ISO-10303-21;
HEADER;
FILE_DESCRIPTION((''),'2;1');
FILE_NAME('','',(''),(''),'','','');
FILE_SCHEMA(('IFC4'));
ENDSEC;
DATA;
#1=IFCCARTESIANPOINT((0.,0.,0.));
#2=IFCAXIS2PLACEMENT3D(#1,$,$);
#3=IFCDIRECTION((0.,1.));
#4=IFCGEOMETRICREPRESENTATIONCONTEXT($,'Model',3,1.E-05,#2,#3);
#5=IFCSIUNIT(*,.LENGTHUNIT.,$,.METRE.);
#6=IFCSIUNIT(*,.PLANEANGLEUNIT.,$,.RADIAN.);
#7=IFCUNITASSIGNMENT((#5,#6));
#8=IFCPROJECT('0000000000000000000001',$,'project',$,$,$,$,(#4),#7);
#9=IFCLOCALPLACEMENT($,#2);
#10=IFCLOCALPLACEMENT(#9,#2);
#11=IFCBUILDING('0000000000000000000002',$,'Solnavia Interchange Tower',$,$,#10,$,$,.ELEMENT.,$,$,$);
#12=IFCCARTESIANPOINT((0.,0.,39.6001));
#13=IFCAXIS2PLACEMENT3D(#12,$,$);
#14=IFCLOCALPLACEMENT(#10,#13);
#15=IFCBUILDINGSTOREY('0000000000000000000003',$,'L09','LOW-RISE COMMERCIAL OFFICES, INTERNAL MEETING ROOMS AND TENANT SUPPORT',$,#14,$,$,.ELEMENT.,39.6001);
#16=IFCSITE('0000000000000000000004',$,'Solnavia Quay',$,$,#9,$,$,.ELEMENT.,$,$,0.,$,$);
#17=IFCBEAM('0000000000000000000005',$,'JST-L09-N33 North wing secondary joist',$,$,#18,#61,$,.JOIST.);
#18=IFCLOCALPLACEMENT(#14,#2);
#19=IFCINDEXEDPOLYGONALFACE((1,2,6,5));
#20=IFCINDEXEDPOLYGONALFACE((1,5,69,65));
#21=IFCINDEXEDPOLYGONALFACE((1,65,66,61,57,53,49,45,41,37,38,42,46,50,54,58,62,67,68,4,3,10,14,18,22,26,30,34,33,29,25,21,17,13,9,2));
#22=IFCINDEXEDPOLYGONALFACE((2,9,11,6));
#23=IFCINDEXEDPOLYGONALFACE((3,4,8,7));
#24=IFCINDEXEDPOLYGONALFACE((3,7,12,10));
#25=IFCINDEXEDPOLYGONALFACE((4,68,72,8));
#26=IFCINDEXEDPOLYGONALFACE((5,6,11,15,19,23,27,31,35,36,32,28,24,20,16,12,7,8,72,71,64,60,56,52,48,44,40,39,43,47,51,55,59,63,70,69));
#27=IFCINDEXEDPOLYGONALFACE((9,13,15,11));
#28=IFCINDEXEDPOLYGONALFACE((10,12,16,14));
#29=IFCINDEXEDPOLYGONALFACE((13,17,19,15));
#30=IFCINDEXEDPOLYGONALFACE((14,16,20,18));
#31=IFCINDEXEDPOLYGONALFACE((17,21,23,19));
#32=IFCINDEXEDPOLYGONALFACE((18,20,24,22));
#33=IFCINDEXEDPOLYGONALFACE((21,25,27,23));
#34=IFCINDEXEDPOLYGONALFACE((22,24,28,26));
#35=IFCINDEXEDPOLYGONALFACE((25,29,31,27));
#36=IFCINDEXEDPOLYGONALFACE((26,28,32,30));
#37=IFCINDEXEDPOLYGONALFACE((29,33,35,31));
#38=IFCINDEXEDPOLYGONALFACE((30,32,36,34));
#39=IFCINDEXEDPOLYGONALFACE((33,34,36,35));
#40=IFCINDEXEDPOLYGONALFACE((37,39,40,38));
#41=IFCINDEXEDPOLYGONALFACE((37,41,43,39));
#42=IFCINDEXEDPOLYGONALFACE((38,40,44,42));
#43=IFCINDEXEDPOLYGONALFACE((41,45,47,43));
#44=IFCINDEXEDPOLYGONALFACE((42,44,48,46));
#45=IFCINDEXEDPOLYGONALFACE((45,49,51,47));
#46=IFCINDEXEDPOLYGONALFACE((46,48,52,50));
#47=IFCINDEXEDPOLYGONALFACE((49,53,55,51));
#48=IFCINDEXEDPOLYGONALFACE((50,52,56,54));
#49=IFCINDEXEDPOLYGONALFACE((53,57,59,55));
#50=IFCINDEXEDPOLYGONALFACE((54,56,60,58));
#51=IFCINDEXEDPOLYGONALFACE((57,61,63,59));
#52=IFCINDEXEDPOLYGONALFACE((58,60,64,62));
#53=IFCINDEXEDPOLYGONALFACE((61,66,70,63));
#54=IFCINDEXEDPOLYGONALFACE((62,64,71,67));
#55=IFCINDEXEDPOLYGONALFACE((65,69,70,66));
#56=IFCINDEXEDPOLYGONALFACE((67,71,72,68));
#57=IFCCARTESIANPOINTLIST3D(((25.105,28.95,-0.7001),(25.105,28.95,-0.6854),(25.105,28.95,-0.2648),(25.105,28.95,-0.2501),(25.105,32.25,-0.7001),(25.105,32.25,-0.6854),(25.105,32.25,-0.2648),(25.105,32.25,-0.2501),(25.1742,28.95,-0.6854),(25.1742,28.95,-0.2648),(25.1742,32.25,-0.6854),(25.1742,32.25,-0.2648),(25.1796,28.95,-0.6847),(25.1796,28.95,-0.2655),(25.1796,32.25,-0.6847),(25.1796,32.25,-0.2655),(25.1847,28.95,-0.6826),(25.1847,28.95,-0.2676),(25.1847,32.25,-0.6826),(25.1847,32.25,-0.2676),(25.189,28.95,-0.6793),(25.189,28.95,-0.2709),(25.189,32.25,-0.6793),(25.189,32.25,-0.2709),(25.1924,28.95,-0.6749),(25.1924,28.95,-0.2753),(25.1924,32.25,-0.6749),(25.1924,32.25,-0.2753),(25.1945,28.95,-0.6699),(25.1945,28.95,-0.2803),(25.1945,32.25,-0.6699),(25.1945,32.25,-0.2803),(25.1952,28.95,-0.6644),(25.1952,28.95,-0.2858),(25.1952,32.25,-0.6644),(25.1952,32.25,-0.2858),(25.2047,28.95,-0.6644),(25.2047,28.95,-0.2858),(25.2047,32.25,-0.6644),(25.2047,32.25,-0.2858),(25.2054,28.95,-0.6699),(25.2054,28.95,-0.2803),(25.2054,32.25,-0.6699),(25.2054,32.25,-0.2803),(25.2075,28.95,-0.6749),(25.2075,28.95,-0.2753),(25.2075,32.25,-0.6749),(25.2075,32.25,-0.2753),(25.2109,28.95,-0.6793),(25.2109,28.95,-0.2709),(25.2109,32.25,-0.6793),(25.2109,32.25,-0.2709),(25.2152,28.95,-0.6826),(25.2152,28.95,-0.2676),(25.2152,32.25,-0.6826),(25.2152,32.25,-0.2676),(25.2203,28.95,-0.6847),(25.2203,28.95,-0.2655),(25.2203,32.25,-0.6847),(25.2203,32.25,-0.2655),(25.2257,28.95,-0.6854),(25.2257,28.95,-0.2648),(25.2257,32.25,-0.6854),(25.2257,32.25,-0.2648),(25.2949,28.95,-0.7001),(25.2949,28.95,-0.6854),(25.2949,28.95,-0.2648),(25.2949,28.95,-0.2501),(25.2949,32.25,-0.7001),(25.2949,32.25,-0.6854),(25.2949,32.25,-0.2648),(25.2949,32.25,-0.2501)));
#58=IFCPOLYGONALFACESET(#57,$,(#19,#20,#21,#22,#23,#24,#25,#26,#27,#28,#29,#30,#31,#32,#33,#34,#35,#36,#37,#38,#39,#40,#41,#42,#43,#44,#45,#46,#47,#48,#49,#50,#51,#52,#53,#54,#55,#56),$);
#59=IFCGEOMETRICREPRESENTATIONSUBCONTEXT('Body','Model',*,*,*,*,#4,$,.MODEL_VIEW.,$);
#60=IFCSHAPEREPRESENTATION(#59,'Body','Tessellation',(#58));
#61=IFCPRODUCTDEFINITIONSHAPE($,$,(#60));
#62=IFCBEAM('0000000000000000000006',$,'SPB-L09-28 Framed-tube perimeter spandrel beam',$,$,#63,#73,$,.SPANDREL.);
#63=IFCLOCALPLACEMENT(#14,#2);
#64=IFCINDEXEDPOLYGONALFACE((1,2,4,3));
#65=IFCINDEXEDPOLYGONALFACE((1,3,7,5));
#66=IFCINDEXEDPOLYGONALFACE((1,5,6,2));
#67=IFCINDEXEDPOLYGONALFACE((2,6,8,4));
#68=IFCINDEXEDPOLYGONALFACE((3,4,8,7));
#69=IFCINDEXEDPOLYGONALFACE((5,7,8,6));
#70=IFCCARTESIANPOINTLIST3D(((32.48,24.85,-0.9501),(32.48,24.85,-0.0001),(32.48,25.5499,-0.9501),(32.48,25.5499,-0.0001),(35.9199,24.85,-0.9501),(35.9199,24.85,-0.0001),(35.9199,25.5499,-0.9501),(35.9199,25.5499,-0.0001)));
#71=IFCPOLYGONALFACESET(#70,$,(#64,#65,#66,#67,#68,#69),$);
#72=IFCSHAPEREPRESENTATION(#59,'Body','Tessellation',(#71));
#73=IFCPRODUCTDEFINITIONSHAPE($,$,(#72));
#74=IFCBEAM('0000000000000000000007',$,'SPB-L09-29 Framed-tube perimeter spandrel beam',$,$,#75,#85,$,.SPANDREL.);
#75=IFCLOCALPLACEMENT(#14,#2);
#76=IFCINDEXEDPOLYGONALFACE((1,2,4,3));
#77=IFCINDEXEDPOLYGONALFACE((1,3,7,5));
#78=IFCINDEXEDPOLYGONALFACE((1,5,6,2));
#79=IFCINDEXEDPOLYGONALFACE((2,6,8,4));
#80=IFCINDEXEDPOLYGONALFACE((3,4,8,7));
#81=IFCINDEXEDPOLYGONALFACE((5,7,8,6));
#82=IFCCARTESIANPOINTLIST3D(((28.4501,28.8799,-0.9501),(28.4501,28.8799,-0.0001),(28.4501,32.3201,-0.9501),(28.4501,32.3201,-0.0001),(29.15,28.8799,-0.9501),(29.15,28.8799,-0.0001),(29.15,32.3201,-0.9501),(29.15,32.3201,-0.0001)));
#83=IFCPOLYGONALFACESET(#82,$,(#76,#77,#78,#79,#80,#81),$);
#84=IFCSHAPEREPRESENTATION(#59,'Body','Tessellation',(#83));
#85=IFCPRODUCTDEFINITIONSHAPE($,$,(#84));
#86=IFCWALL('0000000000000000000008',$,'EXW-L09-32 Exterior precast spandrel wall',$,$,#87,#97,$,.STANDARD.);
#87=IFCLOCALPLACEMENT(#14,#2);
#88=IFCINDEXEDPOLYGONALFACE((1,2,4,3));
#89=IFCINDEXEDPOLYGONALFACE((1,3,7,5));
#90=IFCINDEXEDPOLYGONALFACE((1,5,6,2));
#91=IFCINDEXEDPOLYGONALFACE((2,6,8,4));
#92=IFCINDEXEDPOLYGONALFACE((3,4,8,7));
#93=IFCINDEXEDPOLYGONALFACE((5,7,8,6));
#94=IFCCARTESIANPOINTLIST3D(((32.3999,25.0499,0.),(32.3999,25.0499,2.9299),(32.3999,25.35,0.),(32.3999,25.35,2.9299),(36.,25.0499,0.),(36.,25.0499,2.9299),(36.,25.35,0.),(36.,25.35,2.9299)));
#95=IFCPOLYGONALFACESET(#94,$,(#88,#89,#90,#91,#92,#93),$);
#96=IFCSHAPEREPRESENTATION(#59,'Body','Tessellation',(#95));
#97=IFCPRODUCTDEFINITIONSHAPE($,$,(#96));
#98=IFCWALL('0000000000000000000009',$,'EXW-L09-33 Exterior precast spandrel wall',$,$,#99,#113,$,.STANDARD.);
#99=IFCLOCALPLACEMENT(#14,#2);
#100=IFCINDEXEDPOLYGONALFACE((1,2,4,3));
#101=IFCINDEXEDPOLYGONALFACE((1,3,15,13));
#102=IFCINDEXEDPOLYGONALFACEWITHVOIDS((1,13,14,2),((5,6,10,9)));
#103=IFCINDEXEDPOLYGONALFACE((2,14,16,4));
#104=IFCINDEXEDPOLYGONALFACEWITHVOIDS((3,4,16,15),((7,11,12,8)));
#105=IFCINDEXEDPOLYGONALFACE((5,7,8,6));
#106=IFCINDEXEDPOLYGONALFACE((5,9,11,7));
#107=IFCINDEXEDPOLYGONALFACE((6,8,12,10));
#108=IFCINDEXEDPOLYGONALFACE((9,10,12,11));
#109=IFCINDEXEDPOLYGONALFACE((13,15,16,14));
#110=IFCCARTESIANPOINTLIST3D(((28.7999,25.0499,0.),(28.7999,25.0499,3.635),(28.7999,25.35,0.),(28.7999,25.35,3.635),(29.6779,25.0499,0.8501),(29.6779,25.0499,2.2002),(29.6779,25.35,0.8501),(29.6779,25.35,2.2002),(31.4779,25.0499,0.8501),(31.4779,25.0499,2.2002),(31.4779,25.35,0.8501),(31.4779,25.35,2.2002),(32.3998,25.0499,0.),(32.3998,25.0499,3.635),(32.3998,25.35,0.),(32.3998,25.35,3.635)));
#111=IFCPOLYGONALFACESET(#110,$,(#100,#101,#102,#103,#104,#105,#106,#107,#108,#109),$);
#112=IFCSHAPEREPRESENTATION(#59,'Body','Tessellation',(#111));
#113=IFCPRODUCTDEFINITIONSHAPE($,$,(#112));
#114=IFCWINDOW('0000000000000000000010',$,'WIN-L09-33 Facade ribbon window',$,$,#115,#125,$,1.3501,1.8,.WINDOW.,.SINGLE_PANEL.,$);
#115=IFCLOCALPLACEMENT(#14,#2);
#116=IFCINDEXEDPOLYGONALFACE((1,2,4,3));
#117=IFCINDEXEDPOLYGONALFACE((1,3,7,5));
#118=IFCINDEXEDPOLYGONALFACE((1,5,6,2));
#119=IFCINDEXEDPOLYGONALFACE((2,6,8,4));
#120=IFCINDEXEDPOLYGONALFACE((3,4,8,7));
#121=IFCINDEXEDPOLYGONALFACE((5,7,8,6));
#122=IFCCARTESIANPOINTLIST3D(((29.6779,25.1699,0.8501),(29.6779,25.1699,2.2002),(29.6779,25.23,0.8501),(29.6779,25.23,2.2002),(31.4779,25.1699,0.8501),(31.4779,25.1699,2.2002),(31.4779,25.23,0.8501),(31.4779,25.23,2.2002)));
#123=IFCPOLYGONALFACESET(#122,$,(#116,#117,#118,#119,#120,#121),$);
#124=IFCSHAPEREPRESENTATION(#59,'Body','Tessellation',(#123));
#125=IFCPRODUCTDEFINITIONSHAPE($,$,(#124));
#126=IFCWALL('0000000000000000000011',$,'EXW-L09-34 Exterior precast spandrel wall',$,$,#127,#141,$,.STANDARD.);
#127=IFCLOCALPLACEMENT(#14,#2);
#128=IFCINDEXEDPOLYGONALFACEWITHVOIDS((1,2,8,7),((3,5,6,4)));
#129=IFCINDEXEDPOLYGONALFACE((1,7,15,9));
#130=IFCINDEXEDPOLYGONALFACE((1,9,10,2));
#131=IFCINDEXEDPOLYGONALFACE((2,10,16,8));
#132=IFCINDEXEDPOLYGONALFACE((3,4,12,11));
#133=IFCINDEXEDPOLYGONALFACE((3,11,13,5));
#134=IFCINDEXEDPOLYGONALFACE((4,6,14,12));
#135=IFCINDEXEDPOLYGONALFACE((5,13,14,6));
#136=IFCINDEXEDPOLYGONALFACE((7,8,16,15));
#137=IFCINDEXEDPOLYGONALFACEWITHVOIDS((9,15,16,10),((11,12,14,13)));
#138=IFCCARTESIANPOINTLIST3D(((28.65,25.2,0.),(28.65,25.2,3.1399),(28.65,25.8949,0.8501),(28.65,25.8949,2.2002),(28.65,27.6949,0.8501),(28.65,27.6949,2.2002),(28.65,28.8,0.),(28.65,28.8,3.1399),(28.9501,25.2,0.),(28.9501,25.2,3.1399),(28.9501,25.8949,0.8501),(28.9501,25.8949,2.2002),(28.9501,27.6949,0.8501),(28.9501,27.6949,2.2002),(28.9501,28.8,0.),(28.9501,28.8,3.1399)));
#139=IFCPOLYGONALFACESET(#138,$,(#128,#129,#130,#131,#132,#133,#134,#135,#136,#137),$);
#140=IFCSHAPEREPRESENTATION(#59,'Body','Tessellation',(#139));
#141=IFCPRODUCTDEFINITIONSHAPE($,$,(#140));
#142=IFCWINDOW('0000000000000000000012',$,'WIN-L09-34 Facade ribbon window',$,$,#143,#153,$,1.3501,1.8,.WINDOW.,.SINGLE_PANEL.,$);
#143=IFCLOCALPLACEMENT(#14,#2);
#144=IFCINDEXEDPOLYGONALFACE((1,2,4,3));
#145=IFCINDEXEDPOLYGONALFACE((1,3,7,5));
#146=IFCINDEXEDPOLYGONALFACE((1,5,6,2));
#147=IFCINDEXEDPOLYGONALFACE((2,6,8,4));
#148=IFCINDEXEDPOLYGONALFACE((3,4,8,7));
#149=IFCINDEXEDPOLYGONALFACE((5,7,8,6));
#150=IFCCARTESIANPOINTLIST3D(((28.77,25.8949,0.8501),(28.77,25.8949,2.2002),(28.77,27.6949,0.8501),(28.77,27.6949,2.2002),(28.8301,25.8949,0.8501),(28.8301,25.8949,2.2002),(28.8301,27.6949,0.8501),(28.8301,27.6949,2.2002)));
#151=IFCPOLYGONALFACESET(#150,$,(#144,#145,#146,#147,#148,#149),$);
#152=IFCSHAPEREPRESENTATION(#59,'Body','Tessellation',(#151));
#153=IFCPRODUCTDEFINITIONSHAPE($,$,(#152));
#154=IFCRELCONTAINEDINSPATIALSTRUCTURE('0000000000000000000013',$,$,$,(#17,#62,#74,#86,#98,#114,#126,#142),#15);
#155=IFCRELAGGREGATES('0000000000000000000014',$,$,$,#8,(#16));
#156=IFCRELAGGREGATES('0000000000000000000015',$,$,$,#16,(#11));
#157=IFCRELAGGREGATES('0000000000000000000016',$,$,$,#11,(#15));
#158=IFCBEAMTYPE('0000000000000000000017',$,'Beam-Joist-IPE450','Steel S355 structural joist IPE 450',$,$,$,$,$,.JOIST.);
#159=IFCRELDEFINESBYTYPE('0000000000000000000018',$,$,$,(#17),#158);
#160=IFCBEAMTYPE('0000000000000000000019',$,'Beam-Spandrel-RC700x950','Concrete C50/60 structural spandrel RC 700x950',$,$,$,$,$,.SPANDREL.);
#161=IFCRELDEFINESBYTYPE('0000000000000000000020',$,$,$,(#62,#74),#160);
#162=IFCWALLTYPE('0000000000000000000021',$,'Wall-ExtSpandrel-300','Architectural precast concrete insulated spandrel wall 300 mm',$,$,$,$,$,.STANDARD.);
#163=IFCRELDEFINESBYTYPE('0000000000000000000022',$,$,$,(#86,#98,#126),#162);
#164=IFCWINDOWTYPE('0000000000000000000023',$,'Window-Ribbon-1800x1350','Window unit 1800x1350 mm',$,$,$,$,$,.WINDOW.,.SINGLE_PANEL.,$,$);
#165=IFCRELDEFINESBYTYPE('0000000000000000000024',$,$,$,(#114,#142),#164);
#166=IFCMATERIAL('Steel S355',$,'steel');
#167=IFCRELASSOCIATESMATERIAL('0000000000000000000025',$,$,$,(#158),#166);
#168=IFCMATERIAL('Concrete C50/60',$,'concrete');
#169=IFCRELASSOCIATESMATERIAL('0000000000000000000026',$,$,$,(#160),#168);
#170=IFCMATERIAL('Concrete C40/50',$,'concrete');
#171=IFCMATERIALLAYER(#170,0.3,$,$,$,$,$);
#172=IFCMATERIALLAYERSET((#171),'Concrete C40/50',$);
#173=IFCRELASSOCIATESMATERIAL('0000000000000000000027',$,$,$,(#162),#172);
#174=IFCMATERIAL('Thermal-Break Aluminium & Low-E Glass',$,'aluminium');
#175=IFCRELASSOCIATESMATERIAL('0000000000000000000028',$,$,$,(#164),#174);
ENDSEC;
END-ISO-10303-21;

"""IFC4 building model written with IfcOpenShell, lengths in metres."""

from ifc_helpers import new_model, si_unit, direction, frame, frame_2d, origin, origin_2d, place, context, subcontext, project, spatial, rectangle, i_section, extrude, material, layer, layer_set, material_profile, profile_set, type_object, element, fill, save


model = new_model("IFC4")

# Units and contexts
model_context = context("Model", 3, precision=1e-05, world=origin(), true_north=direction((0.0, 1.0)))
body_context = subcontext(model_context, "Body", "Model", "MODEL_VIEW")
ifc_project = project(units=[si_unit("LENGTHUNIT", "METRE"), si_unit("PLANEANGLEUNIT", "RADIAN")], contexts=[model_context])

# Site, building, storey
site_placement = place(None, origin())
site = spatial("IfcSite", under=ifc_project, at=site_placement, Name="Solnavia Quay", CompositionType="ELEMENT", RefElevation=0.0)
building_placement = place(site_placement, origin())
building = spatial("IfcBuilding", under=site, at=building_placement, Name="Solnavia Interchange Tower", CompositionType="ELEMENT")
storey_placement = place(building_placement, frame((0.0, 0.0, 39.6001)))
storey = spatial("IfcBuildingStorey", under=building, at=storey_placement, Name="L09", Description="LOW-RISE COMMERCIAL OFFICES, INTERNAL MEETING ROOMS AND TENANT SUPPORT", CompositionType="ELEMENT", Elevation=39.6001)

# Shared definitions
ifc_material_1 = material(Name="Steel S355", Category="steel")

# Beams
ifc_material_2 = material(Name="Concrete C50/60", Category="concrete")
ifc_material_profile_1 = material_profile(ifc_material_1, i_section(OverallWidth=0.1899, OverallDepth=0.45, WebThickness=0.0095, FlangeThickness=0.0146, FilletRadius=0.021, at=origin_2d()), Name="IPE 450")
ifc_profile_set_1 = profile_set([ifc_material_profile_1], Name="Steel S355")
beam_type_1 = type_object("IfcBeamType", Name="Beam-Joist-IPE450", Description="Steel S355 structural joist IPE 450", PredefinedType="JOIST", material=ifc_profile_set_1)
beam_1_placement = place(storey_placement, frame((25.2, 28.95, -0.4751), z_axis=(0.0, 1.0, 0.0), x_axis=(-1.0, 0.0, 0.0)))
element("IfcBeam", 1, at=beam_1_placement, inside=storey, type_object=beam_type_1, Name="JST-L09-N33 North wing secondary joist", PredefinedType="JOIST", context=body_context, shape_type="SweptSolid", body=[
    extrude(i_section(OverallWidth=0.1899, OverallDepth=0.45, WebThickness=0.0095, FlangeThickness=0.0146, FilletRadius=0.021, at=origin_2d()), origin(), (0.0, 0.0, 1.0), 3.3),
])
ifc_material_profile_2 = material_profile(ifc_material_2, rectangle(XDim=0.7, YDim=0.95, at=origin_2d()), Name="RC 700x950")
ifc_profile_set_2 = profile_set([ifc_material_profile_2], Name="Concrete C50/60")
beam_type_2 = type_object("IfcBeamType", Name="Beam-Spandrel-RC700x950", Description="Concrete C50/60 structural spandrel RC 700x950", PredefinedType="SPANDREL", material=ifc_profile_set_2)
beam_2_placement = place(storey_placement, frame((35.9199, 25.2, -0.4751), z_axis=(-1.0, 0.0, 0.0), x_axis=(0.0, -1.0, 0.0)))
element("IfcBeam", 2, at=beam_2_placement, inside=storey, type_object=beam_type_2, Name="SPB-L09-28 Framed-tube perimeter spandrel beam", PredefinedType="SPANDREL", context=body_context, shape_type="SweptSolid", body=[
    extrude(rectangle(XDim=0.7, YDim=0.95, at=origin_2d()), origin(), (0.0, 0.0, 1.0), 3.4399),
])
beam_3_placement = place(storey_placement, frame((28.8, 28.8799, -0.4751), z_axis=(0.0, 1.0, 0.0), x_axis=(-1.0, 0.0, 0.0)))
element("IfcBeam", 3, at=beam_3_placement, inside=storey, type_object=beam_type_2, Name="SPB-L09-29 Framed-tube perimeter spandrel beam", PredefinedType="SPANDREL", context=body_context, shape_type="SweptSolid", body=[
    extrude(rectangle(XDim=0.7, YDim=0.95, at=origin_2d()), origin(), (0.0, 0.0, 1.0), 3.4402),
])

# Wall
ifc_material_3 = material(Name="Concrete C40/50", Category="concrete")
ifc_layer_1 = layer(ifc_material_3, 0.3)
ifc_layer_set_1 = layer_set([ifc_layer_1], Name="Concrete C40/50")
wall_type_1 = type_object("IfcWallType", Name="Wall-ExtSpandrel-300", Description="Architectural precast concrete insulated spandrel wall 300 mm", PredefinedType="STANDARD", material=ifc_layer_set_1)
wall_1_placement = place(storey_placement, frame((32.3999, 25.2, 0.0), z_axis=(0.0, 0.0, 1.0), x_axis=(1.0, 0.0, 0.0)))
element("IfcWall", 4, at=wall_1_placement, inside=storey, type_object=wall_type_1, Name="EXW-L09-32 Exterior precast spandrel wall", PredefinedType="STANDARD", context=body_context, shape_type="SweptSolid", body=[
    extrude(rectangle(XDim=3.6001, YDim=0.3, at=frame_2d((1.8, 0.0))), origin(), (0.0, 0.0, 1.0), 2.9299),
])

# Walls, openings, windows
wall_2_placement = place(storey_placement, frame((28.8, 25.2, 0.0), z_axis=(0.0, 0.0, 1.0), x_axis=(1.0, 0.0, 0.0)))
wall_2 = element("IfcWall", 5, at=wall_2_placement, inside=storey, type_object=wall_type_1, Name="EXW-L09-33 Exterior precast spandrel wall", PredefinedType="STANDARD", context=body_context, shape_type="SweptSolid", body=[
    extrude(rectangle(XDim=3.5999, YDim=0.3, at=frame_2d((1.7998, 0.0))), origin(), (0.0, 0.0, 1.0), 3.635),
])
opening_1_placement = place(wall_2_placement, frame((0.8779, 0.0, 0.8501)))
opening_1 = element("IfcOpeningElement", 6, at=opening_1_placement, cuts=wall_2, PredefinedType="OPENING", context=body_context, shape_type="SweptSolid", body=[
    extrude(rectangle(XDim=1.8, YDim=1.3501, at=frame_2d((0.8999, 0.675))), frame((0.0, 0.1602, 0.0), z_axis=(0.0, -1.0, 0.0), x_axis=(1.0, 0.0, 0.0)), (0.0, 0.0, 1.0), 0.3201),
])
ifc_material_4 = material(Name="Thermal-Break Aluminium & Low-E Glass", Category="aluminium")
window_type = type_object("IfcWindowType", Name="Window-Ribbon-1800x1350", Description="Window unit 1800x1350 mm", PartitioningType="SINGLE_PANEL", PredefinedType="WINDOW", material=ifc_material_4)
window_1_placement = place(opening_1_placement, origin())
window_1 = element("IfcWindow", 7, at=window_1_placement, inside=storey, type_object=window_type, Name="WIN-L09-33 Facade ribbon window", OverallHeight=1.3501, OverallWidth=1.8, PartitioningType="SINGLE_PANEL", PredefinedType="WINDOW", context=body_context, shape_type="SweptSolid", body=[
    extrude(rectangle(XDim=1.8, YDim=1.3501, at=frame_2d((0.8999, 0.675))), frame((0.0, 0.03, 0.0), z_axis=(0.0, -1.0, 0.0), x_axis=(1.0, 0.0, 0.0)), (0.0, 0.0, 1.0), 0.0601),
])
fill(opening_1, window_1)
wall_3_placement = place(storey_placement, frame((28.8, 25.2, 0.0), z_axis=(0.0, 0.0, 1.0), x_axis=(0.0, 1.0, 0.0)))
wall_3 = element("IfcWall", 8, at=wall_3_placement, inside=storey, type_object=wall_type_1, Name="EXW-L09-34 Exterior precast spandrel wall", PredefinedType="STANDARD", context=body_context, shape_type="SweptSolid", body=[
    extrude(rectangle(XDim=3.6001, YDim=0.3, at=frame_2d((1.8, 0.0))), origin(), (0.0, 0.0, 1.0), 3.1399),
])
opening_2_placement = place(wall_3_placement, frame((0.6951, 0.0, 0.8501)))
opening_2 = element("IfcOpeningElement", 9, at=opening_2_placement, cuts=wall_3, PredefinedType="OPENING", context=body_context, shape_type="SweptSolid", body=[
    extrude(rectangle(XDim=1.8, YDim=1.3501, at=frame_2d((0.8999, 0.675))), frame((0.0, 0.1602, 0.0), z_axis=(0.0, -1.0, 0.0), x_axis=(1.0, 0.0, 0.0)), (0.0, 0.0, 1.0), 0.3201),
])
window_2_placement = place(opening_2_placement, origin())
window_2 = element("IfcWindow", 10, at=window_2_placement, inside=storey, type_object=window_type, Name="WIN-L09-34 Facade ribbon window", OverallHeight=1.3501, OverallWidth=1.8, PartitioningType="SINGLE_PANEL", PredefinedType="WINDOW", context=body_context, shape_type="SweptSolid", body=[
    extrude(rectangle(XDim=1.8, YDim=1.3501, at=frame_2d((0.8999, 0.675))), frame((0.0, 0.03, 0.0), z_axis=(0.0, -1.0, 0.0), x_axis=(1.0, 0.0, 0.0)), (0.0, 0.0, 1.0), 0.0601),
])
fill(opening_2, window_2)

save(model, "model.ifc")
